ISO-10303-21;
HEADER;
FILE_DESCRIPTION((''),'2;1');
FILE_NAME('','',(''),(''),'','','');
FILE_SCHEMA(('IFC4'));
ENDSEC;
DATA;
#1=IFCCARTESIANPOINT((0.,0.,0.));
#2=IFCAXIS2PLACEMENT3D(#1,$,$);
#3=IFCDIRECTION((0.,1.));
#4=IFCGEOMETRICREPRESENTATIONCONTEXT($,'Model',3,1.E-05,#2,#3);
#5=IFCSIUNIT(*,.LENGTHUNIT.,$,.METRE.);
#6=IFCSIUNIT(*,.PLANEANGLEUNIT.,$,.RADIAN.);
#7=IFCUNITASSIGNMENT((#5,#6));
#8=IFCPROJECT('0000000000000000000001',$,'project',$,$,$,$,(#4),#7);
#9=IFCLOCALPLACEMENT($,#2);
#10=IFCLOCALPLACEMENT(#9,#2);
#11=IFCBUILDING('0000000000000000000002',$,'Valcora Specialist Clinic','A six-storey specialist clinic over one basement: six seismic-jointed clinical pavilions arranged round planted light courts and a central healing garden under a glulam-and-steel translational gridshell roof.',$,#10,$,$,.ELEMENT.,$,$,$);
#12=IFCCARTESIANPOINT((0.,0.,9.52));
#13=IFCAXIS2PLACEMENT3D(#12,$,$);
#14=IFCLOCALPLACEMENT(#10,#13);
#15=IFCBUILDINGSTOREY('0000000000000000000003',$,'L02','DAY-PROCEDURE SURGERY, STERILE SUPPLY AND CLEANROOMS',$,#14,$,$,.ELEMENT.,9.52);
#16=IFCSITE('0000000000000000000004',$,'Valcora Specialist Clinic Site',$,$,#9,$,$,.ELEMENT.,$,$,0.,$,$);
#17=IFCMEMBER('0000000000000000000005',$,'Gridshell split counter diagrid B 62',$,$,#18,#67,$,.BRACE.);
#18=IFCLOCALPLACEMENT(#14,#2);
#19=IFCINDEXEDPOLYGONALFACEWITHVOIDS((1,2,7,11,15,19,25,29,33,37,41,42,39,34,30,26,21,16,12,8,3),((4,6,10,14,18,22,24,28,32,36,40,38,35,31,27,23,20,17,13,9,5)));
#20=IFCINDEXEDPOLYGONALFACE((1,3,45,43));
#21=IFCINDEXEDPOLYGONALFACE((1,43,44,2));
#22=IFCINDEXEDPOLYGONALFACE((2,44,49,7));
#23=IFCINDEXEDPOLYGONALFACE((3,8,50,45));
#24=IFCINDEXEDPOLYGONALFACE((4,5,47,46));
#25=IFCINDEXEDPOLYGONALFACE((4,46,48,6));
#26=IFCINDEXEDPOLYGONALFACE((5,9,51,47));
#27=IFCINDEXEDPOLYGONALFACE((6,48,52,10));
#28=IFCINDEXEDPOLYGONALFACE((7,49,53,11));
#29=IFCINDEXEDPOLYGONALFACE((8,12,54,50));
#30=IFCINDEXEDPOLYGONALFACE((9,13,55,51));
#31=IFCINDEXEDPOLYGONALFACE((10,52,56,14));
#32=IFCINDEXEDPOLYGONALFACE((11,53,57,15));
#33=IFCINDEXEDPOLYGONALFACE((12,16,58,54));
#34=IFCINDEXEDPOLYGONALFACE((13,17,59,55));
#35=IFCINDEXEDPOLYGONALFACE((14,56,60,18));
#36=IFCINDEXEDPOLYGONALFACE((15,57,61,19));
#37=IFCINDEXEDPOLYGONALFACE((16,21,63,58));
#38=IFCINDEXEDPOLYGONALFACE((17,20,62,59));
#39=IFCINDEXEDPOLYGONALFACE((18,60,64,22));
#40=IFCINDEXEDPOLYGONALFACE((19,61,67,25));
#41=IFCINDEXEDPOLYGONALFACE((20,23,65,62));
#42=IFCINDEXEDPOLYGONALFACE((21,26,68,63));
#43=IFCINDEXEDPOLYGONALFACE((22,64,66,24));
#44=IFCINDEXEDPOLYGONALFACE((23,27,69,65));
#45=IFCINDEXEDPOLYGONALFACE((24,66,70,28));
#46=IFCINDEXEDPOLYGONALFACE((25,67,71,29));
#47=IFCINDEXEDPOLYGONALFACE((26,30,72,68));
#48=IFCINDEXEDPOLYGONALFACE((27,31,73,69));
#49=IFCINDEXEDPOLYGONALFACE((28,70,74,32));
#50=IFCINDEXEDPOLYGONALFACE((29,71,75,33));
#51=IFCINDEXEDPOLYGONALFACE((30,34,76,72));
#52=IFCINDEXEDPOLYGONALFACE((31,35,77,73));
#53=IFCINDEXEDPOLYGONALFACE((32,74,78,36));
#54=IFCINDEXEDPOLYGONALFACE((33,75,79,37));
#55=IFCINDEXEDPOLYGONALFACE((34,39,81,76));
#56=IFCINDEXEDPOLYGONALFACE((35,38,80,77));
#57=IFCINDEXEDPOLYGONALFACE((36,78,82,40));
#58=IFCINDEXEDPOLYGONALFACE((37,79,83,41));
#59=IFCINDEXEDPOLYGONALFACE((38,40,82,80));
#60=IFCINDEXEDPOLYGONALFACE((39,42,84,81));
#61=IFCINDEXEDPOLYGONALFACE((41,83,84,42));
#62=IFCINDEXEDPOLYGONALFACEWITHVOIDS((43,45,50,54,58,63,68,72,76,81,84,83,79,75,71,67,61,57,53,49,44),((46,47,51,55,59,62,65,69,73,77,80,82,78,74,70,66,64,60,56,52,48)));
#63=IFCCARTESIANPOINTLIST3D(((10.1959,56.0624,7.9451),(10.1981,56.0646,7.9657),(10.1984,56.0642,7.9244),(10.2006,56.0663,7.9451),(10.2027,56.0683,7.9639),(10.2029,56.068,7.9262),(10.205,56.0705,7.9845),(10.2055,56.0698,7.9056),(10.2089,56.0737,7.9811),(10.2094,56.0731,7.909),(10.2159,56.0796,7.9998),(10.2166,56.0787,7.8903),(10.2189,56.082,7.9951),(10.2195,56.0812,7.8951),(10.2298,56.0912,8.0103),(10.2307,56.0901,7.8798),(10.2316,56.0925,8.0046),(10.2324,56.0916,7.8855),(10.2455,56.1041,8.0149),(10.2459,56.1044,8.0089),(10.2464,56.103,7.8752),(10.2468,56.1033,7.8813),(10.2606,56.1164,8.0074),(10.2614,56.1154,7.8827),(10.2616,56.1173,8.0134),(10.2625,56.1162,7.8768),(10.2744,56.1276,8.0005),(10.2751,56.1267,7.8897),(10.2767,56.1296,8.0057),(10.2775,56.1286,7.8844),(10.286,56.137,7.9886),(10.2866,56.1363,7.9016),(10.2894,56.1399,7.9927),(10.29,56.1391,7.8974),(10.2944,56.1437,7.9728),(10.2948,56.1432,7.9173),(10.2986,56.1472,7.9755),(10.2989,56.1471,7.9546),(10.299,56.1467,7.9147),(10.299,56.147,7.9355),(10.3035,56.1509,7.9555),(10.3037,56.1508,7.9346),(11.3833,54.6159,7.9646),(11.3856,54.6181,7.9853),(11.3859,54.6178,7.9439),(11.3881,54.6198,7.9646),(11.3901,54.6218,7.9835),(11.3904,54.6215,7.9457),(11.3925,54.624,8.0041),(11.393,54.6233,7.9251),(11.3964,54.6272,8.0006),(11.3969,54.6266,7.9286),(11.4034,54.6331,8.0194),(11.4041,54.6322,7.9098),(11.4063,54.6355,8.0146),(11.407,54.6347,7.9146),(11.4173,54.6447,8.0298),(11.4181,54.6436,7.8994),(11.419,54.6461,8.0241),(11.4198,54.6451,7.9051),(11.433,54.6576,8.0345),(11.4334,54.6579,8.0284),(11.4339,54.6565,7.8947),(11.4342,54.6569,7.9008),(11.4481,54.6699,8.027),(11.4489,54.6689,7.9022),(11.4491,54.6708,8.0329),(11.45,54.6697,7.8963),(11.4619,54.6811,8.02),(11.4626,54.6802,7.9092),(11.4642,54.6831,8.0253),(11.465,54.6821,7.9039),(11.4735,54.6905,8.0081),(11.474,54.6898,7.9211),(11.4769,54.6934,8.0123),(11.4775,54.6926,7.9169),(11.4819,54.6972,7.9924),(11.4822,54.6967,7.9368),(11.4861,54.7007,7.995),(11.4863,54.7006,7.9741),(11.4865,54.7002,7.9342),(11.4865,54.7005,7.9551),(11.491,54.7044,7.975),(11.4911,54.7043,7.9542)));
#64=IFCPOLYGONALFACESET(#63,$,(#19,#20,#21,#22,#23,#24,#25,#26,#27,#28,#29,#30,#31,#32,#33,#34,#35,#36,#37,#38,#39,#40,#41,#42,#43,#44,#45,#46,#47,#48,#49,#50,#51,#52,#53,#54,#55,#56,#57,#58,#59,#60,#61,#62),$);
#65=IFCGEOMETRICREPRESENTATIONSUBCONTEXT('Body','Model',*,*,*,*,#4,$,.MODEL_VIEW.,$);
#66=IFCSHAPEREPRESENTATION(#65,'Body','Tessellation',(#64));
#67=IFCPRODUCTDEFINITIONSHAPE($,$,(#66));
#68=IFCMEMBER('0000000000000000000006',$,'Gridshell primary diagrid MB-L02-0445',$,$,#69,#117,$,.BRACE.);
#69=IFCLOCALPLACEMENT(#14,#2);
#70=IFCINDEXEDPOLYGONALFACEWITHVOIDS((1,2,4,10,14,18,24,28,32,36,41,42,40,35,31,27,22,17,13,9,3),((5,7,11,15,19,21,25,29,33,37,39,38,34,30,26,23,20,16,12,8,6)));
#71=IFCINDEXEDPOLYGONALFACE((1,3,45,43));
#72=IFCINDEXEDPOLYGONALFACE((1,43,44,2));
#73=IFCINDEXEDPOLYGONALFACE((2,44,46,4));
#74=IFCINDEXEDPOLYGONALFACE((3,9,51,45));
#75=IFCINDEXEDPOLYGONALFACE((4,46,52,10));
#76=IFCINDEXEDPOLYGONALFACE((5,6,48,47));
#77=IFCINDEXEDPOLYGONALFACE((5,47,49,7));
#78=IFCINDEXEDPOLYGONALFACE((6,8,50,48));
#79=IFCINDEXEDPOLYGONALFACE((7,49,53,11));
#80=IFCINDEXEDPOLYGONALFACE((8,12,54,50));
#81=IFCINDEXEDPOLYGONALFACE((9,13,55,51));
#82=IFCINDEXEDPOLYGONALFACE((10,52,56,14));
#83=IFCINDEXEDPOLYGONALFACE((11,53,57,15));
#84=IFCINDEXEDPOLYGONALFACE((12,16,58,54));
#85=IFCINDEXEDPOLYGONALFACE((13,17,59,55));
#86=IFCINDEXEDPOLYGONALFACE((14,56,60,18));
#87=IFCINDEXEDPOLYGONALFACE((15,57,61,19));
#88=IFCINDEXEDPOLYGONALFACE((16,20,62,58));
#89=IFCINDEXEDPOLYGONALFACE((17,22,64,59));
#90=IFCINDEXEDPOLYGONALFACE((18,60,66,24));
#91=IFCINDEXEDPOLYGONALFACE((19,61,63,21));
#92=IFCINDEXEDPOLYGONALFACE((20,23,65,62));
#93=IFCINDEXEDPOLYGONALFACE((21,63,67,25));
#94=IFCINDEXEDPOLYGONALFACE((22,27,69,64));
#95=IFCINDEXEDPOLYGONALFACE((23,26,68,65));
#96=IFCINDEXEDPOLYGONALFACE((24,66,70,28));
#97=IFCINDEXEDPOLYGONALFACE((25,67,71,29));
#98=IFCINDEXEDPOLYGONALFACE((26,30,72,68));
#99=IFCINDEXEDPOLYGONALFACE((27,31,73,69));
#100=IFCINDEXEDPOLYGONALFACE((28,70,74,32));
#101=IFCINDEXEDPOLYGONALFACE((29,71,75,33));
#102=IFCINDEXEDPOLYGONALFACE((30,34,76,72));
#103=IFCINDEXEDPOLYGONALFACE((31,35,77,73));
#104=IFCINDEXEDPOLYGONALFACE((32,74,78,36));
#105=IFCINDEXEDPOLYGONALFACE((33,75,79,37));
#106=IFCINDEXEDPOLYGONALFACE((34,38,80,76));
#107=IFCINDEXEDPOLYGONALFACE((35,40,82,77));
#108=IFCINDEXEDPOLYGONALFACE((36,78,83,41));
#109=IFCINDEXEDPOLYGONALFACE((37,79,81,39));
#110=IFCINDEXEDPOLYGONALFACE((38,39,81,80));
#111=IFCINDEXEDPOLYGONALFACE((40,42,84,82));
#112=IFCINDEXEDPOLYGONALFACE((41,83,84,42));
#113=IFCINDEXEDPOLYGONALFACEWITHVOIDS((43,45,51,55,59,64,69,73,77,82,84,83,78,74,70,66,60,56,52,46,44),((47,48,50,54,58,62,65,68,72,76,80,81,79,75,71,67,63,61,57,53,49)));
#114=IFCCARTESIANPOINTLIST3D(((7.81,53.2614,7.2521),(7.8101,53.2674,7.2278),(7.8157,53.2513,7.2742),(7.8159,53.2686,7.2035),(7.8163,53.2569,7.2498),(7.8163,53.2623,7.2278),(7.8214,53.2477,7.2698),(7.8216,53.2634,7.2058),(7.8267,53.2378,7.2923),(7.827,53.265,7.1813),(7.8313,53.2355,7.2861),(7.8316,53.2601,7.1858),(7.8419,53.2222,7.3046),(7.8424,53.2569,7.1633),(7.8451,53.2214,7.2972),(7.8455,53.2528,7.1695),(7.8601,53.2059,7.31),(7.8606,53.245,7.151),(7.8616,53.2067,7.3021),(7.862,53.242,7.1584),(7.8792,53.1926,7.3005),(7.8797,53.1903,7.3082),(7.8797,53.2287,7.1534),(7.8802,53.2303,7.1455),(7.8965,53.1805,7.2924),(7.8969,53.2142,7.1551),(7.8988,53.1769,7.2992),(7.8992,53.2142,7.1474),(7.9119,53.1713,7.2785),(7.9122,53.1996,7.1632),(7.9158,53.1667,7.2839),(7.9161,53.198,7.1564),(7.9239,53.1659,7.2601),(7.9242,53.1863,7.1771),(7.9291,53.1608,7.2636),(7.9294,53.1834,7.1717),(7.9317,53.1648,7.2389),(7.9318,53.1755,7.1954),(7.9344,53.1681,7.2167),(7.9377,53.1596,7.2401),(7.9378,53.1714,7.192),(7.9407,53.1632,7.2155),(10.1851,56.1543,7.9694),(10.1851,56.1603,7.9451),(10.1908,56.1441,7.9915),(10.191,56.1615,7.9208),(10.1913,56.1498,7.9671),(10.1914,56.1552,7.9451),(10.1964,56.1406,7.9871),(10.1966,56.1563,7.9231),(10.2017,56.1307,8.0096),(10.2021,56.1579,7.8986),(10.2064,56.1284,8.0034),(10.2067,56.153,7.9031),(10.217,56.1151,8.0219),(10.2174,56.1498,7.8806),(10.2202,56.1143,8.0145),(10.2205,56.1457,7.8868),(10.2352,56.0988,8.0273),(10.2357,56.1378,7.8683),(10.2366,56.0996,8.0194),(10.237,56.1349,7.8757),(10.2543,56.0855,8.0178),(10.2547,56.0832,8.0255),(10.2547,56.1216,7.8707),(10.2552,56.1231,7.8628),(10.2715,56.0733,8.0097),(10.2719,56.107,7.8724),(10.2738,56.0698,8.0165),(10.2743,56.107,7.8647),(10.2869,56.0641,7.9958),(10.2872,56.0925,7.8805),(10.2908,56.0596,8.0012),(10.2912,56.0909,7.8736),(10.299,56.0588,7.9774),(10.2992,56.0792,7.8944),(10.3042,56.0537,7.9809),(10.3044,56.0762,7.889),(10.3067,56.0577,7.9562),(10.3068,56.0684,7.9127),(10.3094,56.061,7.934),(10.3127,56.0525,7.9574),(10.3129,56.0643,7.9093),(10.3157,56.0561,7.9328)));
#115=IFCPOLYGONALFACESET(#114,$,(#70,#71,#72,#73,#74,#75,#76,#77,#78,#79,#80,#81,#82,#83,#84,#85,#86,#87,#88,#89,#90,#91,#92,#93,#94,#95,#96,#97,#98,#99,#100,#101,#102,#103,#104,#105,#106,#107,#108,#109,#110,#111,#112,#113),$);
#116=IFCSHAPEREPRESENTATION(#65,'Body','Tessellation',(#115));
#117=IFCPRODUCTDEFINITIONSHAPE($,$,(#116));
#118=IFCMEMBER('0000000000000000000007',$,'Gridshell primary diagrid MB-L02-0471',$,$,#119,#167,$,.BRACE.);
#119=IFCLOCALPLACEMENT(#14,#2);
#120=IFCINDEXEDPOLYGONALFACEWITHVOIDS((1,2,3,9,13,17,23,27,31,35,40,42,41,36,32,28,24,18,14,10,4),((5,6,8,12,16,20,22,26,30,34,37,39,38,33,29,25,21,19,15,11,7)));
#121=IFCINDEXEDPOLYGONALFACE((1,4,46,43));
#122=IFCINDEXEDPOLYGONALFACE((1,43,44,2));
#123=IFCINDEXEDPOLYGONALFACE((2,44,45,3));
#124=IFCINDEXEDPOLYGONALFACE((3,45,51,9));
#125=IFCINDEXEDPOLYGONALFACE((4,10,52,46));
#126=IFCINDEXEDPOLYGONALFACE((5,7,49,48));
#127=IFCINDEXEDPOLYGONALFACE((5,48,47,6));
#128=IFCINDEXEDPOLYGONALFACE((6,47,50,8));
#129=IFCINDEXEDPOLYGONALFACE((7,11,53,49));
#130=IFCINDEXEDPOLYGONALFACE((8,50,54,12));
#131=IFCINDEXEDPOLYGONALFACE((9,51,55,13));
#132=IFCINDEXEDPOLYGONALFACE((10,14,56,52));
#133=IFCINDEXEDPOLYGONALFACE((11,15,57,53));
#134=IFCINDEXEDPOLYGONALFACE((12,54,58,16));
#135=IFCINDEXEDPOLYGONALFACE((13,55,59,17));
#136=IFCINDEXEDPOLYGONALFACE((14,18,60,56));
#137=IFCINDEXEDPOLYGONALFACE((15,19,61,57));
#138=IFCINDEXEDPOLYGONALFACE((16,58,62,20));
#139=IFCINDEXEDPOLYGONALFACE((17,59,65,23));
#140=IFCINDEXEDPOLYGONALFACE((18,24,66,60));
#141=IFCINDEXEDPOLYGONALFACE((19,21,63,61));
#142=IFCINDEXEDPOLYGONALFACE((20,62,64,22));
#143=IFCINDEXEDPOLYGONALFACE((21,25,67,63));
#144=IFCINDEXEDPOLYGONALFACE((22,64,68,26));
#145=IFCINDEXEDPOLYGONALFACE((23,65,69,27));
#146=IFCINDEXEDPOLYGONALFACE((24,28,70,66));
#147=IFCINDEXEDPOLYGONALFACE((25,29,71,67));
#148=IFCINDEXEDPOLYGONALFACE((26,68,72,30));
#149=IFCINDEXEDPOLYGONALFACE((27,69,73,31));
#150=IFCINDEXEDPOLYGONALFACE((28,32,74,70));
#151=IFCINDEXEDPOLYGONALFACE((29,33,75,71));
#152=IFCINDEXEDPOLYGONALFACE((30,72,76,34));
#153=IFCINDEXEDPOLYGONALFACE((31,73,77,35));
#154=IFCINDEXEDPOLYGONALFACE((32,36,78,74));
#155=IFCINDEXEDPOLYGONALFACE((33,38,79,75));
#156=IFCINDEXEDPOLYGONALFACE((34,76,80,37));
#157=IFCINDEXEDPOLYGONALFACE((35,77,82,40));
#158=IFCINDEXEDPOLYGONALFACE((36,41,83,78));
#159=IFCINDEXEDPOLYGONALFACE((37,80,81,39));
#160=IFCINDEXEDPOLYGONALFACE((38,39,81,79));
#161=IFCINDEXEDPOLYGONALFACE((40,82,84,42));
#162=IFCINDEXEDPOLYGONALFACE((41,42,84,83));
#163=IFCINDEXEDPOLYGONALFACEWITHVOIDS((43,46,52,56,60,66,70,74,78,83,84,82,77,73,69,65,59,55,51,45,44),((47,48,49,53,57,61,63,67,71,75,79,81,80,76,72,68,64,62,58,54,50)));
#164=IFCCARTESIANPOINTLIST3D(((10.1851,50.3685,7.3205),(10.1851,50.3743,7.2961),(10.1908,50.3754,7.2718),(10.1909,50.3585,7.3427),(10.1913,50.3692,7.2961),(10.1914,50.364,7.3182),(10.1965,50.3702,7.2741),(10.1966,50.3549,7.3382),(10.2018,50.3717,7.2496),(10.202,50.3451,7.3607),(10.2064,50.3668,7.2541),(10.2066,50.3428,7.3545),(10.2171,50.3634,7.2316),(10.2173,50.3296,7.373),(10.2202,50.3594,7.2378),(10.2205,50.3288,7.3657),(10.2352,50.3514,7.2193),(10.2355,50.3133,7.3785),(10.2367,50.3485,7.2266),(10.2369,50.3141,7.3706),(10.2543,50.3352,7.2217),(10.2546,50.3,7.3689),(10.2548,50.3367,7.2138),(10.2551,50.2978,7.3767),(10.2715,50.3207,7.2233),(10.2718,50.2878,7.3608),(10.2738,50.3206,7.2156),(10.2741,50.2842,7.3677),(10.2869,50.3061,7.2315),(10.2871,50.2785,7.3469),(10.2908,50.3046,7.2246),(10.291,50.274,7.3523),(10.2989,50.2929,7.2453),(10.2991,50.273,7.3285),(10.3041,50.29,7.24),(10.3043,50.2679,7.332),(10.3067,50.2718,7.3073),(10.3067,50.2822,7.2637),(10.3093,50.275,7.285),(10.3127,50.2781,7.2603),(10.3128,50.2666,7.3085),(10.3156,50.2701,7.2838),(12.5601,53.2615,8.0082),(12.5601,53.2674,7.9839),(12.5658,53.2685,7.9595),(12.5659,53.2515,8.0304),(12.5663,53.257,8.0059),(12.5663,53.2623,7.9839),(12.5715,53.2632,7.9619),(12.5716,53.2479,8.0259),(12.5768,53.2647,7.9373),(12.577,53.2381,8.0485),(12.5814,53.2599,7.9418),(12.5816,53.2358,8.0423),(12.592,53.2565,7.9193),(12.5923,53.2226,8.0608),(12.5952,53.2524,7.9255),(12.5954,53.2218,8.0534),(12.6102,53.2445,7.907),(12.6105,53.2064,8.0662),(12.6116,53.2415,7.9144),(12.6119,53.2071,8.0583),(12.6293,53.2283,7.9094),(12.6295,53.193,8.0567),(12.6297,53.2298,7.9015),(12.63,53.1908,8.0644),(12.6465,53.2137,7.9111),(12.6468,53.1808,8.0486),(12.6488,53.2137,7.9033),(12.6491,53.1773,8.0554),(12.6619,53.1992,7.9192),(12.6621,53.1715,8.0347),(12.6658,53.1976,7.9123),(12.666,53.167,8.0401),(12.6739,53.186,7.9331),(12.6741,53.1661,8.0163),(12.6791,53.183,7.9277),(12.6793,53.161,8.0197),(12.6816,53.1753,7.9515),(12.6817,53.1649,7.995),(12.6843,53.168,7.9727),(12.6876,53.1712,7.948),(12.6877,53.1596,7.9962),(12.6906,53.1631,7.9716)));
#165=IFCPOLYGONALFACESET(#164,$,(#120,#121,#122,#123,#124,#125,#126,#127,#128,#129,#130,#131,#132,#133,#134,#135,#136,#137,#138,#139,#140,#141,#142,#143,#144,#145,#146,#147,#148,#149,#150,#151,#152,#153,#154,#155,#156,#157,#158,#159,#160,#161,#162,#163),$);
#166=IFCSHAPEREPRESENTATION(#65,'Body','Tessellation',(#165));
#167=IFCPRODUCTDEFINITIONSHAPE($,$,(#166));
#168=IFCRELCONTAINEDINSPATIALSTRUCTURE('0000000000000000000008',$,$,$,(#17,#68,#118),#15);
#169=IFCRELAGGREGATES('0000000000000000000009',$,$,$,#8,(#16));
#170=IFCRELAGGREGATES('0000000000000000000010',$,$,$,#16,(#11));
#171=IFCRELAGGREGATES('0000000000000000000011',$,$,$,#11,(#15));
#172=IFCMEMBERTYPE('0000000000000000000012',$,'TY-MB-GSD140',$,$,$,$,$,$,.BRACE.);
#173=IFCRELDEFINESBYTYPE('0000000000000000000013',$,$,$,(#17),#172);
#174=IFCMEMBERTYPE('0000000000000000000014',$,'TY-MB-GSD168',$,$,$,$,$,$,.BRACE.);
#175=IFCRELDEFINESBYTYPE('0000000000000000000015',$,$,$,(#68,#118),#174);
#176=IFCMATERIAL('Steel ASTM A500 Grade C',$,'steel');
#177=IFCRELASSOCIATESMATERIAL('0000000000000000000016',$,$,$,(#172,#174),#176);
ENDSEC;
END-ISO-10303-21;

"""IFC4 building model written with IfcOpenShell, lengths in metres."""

from ifc_helpers import new_model, si_unit, direction, frame, origin, origin_2d, place, context, subcontext, project, spatial, hollow_circle, extrude, material, material_profile, profile_set, type_object, element, save


model = new_model("IFC4")

# Units and contexts
model_context = context("Model", 3, precision=1e-05, world=origin(), true_north=direction((0.0, 1.0)))
body_context = subcontext(model_context, "Body", "Model", "MODEL_VIEW")
ifc_project = project(units=[si_unit("LENGTHUNIT", "METRE"), si_unit("PLANEANGLEUNIT", "RADIAN")], contexts=[model_context])

# Site, building, storey
site_placement = place(None, origin())
site = spatial("IfcSite", under=ifc_project, at=site_placement, Name="Valcora Specialist Clinic Site", CompositionType="ELEMENT", RefElevation=0.0)
building_placement = place(site_placement, origin())
building = spatial("IfcBuilding", under=site, at=building_placement, Name="Valcora Specialist Clinic", Description="A six-storey specialist clinic over one basement: six seismic-jointed clinical pavilions arranged round planted light courts and a central healing garden under a glulam-and-steel translational gridshell roof.", CompositionType="ELEMENT")
storey_placement = place(building_placement, frame((0.0, 0.0, 9.52)))
storey = spatial("IfcBuildingStorey", under=building, at=storey_placement, Name="L02", Description="DAY-PROCEDURE SURGERY, STERILE SUPPLY AND CLEANROOMS", CompositionType="ELEMENT", Elevation=9.52)

# Members
ifc_material_1 = material(Name="Steel ASTM A500 Grade C", Category="steel")
ifc_material_profile_1 = material_profile(ifc_material_1, hollow_circle(Radius=0.0701, WallThickness=0.0061, at=origin_2d()), Name="ST-CHS-140X6")
ifc_profile_set_1 = profile_set([ifc_material_profile_1], Name="Steel ASTM A500 Grade C")
member_type_1 = type_object("IfcMemberType", Name="TY-MB-GSD140", PredefinedType="BRACE", material=ifc_profile_set_1)
member_1_placement = place(storey_placement, frame((11.4375, 54.6604, 7.9646), z_axis=(-0.634474, 0.772874, -0.010435), x_axis=(-0.772916, -0.634508, 0.0)))
element("IfcMember", 1, at=member_1_placement, inside=storey, type_object=member_type_1, Name="Gridshell split counter diagrid B 62", PredefinedType="BRACE", context=body_context, shape_type="SweptSolid", body=[
    extrude(hollow_circle(Radius=0.0701, WallThickness=0.0061, at=origin_2d()), origin(), (0.0, 0.0, 1.0), 1.8716),
])
ifc_material_profile_2 = material_profile(ifc_material_1, hollow_circle(Radius=0.084, WallThickness=0.0081, at=origin_2d()), Name="ST-CHS-168X8")
ifc_profile_set_2 = profile_set([ifc_material_profile_2], Name="Steel ASTM A500 Grade C")
member_type_2 = type_object("IfcMemberType", Name="TY-MB-GSD168", PredefinedType="BRACE", material=ifc_profile_set_2)
member_2_placement = place(storey_placement, frame((7.875, 53.2141, 7.2278), z_axis=(0.6232, 0.759076, 0.188216), x_axis=(-0.77289, 0.63454, 0.0)))
element("IfcMember", 2, at=member_2_placement, inside=storey, type_object=member_type_2, Name="Gridshell primary diagrid MB-L02-0445", PredefinedType="BRACE", context=body_context, shape_type="SweptSolid", body=[
    extrude(hollow_circle(Radius=0.084, WallThickness=0.0081, at=origin_2d()), origin(), (0.0, 0.0, 1.0), 3.811),
])
member_3_placement = place(storey_placement, frame((10.25, 50.321, 7.2961), z_axis=(0.624062, 0.76019, 0.180714), x_axis=(-0.772916, 0.634508, 0.0)))
element("IfcMember", 3, at=member_3_placement, inside=storey, type_object=member_type_2, Name="Gridshell primary diagrid MB-L02-0471", PredefinedType="BRACE", context=body_context, shape_type="SweptSolid", body=[
    extrude(hollow_circle(Radius=0.084, WallThickness=0.0081, at=origin_2d()), origin(), (0.0, 0.0, 1.0), 3.8057),
])

save(model, "model.ifc")
